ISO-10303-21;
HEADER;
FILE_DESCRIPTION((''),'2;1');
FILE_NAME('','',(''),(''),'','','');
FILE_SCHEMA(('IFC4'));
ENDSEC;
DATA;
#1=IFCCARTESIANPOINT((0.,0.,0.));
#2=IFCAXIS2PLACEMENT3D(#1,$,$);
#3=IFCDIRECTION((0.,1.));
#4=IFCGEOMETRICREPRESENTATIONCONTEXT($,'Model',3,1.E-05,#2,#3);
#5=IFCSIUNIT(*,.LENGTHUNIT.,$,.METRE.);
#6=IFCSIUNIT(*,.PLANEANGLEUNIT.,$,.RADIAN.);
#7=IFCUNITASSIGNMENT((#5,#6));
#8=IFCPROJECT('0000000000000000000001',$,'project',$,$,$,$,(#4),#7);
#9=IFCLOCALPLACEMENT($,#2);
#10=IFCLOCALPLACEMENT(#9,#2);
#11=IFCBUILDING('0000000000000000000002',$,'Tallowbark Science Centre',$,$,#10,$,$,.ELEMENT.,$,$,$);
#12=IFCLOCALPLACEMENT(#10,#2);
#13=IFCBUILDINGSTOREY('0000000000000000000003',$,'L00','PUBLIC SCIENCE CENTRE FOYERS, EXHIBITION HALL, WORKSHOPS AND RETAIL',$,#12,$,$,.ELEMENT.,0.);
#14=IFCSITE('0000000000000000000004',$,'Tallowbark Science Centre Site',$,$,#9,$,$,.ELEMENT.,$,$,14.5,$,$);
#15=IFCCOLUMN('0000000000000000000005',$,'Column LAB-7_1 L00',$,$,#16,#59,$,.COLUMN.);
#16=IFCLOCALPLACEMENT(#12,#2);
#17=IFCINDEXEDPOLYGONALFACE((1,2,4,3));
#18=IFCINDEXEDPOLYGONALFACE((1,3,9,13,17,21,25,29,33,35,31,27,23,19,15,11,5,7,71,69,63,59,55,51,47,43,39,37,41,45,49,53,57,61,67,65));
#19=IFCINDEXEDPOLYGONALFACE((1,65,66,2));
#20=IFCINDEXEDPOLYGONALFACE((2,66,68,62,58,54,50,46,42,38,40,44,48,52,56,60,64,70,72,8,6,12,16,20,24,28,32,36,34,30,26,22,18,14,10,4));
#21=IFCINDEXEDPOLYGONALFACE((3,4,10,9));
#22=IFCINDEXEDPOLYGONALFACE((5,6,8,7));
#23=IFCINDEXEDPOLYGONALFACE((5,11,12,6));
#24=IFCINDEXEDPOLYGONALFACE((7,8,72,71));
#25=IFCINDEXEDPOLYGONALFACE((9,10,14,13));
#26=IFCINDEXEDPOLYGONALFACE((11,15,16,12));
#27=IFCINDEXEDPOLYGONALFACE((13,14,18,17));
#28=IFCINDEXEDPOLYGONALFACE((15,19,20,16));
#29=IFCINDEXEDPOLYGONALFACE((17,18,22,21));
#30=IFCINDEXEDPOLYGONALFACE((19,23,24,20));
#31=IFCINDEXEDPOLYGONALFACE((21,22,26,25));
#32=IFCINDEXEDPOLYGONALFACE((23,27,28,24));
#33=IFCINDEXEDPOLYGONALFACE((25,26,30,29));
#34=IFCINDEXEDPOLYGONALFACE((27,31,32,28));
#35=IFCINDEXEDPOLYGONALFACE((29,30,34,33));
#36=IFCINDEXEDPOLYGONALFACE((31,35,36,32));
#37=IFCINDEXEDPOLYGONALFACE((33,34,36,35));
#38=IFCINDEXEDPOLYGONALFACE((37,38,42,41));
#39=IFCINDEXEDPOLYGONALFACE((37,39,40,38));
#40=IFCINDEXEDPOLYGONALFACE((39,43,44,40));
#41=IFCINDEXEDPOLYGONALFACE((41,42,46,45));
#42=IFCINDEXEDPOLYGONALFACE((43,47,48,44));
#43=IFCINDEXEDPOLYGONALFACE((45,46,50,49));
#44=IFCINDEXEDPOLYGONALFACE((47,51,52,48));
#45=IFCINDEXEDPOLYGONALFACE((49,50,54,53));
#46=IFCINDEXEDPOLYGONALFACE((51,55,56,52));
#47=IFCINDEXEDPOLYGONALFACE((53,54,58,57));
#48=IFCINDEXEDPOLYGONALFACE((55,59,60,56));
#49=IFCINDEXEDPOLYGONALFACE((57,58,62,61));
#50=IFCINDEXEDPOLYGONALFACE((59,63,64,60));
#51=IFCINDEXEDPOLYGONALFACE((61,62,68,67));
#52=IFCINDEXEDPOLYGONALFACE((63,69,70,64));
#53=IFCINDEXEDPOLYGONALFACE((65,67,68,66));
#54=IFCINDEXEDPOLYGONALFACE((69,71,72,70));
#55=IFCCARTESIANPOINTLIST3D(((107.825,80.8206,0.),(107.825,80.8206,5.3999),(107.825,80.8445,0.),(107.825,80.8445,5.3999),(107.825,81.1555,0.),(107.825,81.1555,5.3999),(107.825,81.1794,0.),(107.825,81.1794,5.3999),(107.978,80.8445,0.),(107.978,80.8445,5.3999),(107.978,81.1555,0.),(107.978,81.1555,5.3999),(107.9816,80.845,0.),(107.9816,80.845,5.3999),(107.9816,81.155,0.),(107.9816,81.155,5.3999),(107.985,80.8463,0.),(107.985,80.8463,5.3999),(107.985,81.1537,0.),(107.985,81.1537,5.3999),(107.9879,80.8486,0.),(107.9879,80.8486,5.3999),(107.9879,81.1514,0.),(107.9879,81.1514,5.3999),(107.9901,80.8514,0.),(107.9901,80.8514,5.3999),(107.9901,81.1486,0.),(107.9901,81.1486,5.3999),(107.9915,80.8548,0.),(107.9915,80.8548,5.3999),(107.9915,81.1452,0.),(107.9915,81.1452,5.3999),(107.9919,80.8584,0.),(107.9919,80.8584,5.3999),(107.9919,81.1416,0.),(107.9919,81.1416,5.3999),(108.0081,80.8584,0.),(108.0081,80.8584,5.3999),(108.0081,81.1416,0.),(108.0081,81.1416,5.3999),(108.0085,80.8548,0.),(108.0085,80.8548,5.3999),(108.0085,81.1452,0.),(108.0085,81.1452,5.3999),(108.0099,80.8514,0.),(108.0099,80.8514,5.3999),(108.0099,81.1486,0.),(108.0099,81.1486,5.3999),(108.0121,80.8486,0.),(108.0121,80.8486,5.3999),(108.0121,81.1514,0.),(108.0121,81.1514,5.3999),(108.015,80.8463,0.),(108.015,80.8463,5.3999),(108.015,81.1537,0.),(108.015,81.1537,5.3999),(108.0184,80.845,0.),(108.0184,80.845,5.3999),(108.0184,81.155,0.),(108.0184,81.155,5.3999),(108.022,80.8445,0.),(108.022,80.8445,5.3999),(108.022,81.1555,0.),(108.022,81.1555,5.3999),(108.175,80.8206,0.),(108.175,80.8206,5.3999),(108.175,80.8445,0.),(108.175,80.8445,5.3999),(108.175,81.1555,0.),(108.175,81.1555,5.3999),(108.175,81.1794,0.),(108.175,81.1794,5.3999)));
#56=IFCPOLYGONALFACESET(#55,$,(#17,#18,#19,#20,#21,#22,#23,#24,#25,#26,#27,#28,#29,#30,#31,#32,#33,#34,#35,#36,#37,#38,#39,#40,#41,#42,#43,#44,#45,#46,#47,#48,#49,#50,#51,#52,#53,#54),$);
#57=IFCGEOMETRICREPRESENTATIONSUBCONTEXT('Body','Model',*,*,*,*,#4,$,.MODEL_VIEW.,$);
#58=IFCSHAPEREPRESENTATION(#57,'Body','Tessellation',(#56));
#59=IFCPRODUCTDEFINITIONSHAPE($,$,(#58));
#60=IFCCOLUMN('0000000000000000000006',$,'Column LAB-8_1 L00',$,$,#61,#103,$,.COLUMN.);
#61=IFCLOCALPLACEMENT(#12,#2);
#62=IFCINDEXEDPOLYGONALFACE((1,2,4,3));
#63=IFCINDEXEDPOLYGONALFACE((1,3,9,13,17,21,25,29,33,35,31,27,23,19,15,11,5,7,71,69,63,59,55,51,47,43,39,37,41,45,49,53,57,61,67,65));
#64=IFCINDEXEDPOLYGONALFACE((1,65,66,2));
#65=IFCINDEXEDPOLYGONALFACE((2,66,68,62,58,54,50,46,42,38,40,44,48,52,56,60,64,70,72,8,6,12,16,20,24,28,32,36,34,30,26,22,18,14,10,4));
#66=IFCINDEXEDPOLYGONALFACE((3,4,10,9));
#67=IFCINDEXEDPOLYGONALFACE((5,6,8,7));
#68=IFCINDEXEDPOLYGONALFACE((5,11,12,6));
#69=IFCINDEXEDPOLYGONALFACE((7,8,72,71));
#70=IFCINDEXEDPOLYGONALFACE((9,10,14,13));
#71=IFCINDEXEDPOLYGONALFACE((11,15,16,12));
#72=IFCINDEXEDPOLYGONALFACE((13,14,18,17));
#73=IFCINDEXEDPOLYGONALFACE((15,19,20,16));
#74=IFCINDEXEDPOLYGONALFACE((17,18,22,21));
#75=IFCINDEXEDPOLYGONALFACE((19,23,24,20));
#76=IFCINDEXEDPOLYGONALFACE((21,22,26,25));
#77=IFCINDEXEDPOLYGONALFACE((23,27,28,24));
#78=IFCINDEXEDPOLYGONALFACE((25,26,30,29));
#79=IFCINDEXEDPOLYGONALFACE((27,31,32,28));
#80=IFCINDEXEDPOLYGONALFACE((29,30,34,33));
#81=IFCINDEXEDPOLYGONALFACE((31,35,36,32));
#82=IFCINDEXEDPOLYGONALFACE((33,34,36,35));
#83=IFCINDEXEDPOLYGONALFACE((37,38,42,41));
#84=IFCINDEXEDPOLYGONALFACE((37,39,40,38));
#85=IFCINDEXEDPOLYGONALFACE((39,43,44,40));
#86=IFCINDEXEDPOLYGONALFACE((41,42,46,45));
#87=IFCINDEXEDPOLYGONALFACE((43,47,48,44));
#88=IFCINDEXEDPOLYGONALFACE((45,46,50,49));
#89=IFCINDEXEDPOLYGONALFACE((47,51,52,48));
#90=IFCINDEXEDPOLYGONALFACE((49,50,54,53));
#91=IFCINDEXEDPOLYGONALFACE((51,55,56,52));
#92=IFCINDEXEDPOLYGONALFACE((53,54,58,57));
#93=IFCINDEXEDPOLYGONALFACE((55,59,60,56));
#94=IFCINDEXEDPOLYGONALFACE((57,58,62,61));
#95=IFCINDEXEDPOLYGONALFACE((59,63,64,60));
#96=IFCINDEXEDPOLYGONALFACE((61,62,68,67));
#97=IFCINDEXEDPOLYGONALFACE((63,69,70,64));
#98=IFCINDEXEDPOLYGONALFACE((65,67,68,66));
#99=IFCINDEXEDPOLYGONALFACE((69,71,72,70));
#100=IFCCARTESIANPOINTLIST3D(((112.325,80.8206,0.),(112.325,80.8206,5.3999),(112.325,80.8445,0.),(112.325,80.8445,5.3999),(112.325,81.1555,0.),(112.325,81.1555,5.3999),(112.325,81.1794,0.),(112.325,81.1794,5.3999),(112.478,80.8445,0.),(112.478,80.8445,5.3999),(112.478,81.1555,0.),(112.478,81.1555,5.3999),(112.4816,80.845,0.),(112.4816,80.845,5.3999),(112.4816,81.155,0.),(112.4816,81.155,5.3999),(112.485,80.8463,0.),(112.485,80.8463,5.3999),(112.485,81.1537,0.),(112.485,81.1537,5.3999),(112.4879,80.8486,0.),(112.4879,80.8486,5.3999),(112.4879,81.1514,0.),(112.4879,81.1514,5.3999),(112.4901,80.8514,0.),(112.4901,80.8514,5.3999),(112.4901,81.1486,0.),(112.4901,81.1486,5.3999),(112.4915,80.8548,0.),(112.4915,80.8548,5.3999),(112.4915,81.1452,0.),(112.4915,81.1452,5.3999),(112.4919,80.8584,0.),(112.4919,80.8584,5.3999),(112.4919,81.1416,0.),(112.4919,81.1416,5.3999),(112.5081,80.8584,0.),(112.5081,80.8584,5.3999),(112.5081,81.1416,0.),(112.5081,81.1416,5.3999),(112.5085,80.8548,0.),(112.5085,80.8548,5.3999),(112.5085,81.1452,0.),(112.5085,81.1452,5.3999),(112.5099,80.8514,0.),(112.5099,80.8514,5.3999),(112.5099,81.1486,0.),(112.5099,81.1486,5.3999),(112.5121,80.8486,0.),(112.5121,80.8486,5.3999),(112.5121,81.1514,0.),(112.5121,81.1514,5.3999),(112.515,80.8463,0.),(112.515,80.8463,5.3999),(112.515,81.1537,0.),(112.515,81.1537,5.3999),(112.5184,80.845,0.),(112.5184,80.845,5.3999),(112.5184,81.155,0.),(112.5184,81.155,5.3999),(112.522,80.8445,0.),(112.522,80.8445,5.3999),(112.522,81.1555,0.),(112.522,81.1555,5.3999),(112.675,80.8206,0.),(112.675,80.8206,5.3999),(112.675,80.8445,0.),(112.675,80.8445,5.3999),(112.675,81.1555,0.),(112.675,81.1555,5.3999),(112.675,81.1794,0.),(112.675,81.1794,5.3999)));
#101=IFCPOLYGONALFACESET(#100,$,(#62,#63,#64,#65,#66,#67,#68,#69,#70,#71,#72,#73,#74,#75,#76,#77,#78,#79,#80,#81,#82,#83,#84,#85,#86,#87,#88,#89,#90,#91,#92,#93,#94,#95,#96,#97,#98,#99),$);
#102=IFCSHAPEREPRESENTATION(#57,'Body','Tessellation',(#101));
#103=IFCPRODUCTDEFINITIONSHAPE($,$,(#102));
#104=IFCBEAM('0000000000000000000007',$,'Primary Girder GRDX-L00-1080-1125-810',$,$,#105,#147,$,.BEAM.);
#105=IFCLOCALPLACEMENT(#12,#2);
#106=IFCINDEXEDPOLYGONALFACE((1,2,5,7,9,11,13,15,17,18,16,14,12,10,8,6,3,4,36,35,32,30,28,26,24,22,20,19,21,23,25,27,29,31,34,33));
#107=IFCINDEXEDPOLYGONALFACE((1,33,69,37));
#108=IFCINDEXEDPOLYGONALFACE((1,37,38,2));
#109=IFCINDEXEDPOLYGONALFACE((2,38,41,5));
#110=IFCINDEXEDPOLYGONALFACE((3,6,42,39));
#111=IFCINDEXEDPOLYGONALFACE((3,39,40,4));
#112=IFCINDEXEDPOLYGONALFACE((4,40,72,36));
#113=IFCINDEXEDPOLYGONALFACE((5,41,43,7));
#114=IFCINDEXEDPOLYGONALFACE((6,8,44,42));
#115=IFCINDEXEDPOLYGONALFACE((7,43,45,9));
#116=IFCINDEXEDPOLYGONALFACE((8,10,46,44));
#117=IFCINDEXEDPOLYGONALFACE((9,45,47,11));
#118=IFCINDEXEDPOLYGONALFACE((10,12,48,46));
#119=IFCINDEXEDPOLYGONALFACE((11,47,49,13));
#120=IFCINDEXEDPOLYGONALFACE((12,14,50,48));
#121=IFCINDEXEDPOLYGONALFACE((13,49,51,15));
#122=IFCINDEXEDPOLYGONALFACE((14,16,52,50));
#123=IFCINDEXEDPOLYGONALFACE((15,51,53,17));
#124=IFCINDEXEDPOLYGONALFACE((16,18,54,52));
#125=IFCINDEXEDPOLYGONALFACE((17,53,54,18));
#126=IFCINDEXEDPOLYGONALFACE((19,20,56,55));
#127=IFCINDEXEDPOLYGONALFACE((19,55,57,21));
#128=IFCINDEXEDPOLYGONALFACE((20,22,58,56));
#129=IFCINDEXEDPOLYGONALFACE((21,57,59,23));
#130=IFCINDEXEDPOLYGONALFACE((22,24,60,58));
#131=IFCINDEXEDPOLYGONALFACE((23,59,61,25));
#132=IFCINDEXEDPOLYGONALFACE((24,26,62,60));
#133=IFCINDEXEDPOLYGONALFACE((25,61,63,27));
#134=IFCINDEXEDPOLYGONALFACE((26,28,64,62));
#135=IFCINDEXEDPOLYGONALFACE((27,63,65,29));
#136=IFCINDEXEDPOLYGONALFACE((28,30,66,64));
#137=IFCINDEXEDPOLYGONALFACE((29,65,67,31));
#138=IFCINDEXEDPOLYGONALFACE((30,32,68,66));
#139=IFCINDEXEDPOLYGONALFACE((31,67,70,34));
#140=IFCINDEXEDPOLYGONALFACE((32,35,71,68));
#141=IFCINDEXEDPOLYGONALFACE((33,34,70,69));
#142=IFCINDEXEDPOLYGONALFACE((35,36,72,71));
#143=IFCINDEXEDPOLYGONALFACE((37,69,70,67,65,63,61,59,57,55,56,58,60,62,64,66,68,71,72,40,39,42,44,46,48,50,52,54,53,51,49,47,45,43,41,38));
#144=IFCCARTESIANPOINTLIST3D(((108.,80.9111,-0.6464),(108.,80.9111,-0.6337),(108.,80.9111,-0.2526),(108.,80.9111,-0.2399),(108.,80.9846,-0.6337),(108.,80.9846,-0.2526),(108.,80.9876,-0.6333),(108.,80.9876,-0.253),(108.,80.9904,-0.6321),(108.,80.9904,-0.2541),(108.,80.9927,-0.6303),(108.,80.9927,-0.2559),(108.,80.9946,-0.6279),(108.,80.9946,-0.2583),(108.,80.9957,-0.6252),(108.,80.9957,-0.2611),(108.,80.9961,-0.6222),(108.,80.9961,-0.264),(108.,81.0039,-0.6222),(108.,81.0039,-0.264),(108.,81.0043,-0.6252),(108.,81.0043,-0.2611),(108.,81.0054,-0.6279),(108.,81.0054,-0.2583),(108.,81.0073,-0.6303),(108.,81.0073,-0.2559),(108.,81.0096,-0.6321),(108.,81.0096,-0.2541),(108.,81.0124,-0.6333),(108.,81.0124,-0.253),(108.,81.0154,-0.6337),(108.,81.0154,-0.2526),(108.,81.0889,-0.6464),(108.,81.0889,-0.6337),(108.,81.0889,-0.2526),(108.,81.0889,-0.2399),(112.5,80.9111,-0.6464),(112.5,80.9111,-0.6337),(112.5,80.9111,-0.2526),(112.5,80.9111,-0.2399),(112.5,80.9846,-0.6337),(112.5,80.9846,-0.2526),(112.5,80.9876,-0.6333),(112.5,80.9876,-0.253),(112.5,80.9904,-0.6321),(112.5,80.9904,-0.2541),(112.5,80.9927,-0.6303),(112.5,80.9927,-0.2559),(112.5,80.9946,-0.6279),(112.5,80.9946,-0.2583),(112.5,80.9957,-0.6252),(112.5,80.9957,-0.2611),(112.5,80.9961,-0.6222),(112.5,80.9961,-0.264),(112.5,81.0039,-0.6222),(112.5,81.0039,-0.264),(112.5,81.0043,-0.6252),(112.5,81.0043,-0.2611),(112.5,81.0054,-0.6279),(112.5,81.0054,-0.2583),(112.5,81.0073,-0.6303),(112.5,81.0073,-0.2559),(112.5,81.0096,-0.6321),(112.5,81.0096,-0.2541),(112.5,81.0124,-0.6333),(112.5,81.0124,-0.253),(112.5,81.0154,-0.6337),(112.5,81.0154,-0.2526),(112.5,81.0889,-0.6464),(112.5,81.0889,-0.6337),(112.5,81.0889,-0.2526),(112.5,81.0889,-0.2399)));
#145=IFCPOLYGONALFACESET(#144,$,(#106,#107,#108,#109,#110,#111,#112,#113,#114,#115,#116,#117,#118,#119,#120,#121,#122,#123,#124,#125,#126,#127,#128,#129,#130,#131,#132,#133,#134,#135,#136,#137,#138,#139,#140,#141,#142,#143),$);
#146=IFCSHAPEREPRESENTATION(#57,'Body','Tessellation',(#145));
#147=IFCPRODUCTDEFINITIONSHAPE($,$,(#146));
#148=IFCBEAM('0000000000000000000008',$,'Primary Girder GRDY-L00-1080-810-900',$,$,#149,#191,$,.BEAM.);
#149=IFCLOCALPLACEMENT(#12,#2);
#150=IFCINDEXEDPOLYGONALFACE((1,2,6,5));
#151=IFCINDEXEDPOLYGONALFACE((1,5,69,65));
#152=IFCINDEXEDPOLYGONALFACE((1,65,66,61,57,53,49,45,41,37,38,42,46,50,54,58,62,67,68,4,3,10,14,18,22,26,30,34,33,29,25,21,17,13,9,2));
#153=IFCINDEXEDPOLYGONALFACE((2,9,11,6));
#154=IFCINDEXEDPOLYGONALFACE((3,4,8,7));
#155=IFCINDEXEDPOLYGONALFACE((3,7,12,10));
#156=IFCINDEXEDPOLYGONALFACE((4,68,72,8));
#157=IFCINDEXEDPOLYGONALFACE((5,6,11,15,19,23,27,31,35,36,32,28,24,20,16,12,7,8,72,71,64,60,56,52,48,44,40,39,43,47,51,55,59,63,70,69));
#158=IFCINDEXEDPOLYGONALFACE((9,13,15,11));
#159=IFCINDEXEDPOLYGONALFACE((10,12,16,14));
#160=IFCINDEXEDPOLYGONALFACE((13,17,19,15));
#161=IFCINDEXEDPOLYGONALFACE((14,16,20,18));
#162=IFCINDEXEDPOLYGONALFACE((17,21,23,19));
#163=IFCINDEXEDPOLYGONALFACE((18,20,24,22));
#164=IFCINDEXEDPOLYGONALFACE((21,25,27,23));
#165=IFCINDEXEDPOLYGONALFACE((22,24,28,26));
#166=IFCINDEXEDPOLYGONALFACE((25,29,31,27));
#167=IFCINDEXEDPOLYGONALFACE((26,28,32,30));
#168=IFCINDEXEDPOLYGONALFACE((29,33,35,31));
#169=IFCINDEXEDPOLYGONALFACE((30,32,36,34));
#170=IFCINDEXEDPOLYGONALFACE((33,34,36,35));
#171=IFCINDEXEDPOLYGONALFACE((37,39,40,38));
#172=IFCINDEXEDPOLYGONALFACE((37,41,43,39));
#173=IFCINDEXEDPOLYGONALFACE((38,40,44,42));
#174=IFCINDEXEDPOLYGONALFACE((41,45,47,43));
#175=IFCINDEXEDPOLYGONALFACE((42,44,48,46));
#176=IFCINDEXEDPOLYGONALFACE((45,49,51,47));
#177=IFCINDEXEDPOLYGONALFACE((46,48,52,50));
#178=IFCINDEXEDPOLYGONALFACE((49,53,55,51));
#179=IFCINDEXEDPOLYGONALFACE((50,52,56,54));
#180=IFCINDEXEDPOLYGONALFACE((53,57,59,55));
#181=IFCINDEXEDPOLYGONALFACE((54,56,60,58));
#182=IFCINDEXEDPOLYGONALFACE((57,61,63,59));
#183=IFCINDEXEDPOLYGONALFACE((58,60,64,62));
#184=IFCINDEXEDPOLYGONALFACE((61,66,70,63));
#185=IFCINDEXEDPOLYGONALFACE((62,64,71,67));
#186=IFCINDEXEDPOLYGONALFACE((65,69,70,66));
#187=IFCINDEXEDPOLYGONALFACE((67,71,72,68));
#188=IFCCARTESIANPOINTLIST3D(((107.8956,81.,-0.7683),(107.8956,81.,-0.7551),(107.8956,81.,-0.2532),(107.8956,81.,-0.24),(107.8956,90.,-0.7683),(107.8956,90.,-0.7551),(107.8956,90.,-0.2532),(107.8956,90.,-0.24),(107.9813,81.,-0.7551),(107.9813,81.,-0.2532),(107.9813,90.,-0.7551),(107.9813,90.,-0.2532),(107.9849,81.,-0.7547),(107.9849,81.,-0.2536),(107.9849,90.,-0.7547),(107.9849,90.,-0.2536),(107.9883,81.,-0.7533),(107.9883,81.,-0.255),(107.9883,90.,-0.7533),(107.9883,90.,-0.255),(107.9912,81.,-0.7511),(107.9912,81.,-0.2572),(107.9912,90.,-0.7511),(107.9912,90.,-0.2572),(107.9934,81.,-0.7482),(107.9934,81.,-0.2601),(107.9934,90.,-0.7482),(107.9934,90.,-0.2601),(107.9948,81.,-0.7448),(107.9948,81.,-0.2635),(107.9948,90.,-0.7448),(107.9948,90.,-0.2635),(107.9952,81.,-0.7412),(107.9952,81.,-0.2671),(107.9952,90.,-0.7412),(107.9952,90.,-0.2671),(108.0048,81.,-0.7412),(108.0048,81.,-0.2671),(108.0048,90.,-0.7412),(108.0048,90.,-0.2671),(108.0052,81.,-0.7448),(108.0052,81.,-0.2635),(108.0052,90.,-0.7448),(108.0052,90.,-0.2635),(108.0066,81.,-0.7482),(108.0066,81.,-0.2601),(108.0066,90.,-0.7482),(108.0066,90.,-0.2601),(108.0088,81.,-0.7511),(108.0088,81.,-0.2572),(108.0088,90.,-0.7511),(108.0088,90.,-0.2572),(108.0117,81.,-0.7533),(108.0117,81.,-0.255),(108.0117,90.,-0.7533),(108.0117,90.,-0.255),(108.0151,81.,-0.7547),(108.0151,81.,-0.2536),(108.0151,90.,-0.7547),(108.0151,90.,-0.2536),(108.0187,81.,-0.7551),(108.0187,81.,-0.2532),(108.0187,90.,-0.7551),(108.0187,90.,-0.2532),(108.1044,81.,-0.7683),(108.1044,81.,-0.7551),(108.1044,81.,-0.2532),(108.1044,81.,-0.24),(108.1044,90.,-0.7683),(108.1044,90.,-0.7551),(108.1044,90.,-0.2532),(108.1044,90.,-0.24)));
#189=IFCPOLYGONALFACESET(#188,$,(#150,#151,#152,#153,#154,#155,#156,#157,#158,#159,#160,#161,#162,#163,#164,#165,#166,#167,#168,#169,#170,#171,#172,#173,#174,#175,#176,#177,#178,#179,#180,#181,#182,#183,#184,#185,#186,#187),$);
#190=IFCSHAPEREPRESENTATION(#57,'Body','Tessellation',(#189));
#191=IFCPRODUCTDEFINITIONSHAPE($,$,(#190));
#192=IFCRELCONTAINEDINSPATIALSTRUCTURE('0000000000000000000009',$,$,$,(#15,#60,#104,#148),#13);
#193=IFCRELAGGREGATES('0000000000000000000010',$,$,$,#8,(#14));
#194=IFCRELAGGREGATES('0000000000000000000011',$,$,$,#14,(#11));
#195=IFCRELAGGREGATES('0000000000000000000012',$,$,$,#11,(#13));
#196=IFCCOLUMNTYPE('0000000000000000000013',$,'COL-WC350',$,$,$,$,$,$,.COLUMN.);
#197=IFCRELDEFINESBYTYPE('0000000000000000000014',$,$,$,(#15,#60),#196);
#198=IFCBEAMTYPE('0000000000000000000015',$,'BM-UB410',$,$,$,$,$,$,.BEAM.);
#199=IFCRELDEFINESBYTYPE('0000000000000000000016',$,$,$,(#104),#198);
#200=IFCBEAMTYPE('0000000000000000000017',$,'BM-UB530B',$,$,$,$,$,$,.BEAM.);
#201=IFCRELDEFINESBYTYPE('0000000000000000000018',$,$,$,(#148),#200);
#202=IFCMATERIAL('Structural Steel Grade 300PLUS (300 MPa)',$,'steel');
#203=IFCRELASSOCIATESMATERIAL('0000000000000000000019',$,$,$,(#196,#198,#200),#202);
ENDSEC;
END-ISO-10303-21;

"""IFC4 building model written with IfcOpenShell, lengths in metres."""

from ifc_helpers import new_model, si_unit, direction, frame, origin, origin_2d, place, context, subcontext, project, spatial, i_section, extrude, material, material_profile, profile_set, type_object, element, save


model = new_model("IFC4")

# Units and contexts
model_context = context("Model", 3, precision=1e-05, world=origin(), true_north=direction((0.0, 1.0)))
body_context = subcontext(model_context, "Body", "Model", "MODEL_VIEW")
ifc_project = project(units=[si_unit("LENGTHUNIT", "METRE"), si_unit("PLANEANGLEUNIT", "RADIAN")], contexts=[model_context])

# Site, building, storey
site_placement = place(None, origin())
site = spatial("IfcSite", under=ifc_project, at=site_placement, Name="Tallowbark Science Centre Site", CompositionType="ELEMENT", RefElevation=14.5)
building_placement = place(site_placement, origin())
building = spatial("IfcBuilding", under=site, at=building_placement, Name="Tallowbark Science Centre", CompositionType="ELEMENT")
storey_placement = place(building_placement, origin())
storey = spatial("IfcBuildingStorey", under=building, at=storey_placement, Name="L00", Description="PUBLIC SCIENCE CENTRE FOYERS, EXHIBITION HALL, WORKSHOPS AND RETAIL", CompositionType="ELEMENT", Elevation=0.0)

# Columns
ifc_material_1 = material(Name="Structural Steel Grade 300PLUS (300 MPa)", Category="steel")
ifc_material_profile_1 = material_profile(ifc_material_1, i_section(OverallWidth=0.3501, OverallDepth=0.3589, WebThickness=0.0161, FlangeThickness=0.0239, FilletRadius=0.0139, at=origin_2d()), Name="350WC197")
ifc_profile_set_1 = profile_set([ifc_material_profile_1], Name="Structural Steel Grade 300PLUS (300 MPa)")
column_type = type_object("IfcColumnType", Name="COL-WC350", PredefinedType="COLUMN", material=ifc_profile_set_1)
for number, where, z_axis, x_axis, name in (
    (1, (108.0, 81.0, 0.0), (0.0, 0.0, 1.0), (1.0, 0.0, 0.0), "Column LAB-7_1 L00"),
    (2, (112.5, 81.0, 0.0), (0.0, 0.0, 1.0), (1.0, 0.0, 0.0), "Column LAB-8_1 L00"),
):
    element("IfcColumn", number, at=place(storey_placement, frame(where, z_axis=z_axis, x_axis=x_axis)), inside=storey, type_object=column_type, Name=name, PredefinedType="COLUMN", context=body_context, shape_type="SweptSolid", body=[
        extrude(i_section(OverallWidth=0.3501, OverallDepth=0.3589, WebThickness=0.0161, FlangeThickness=0.0239, FilletRadius=0.0139, at=origin_2d()), origin(), (0.0, 0.0, 1.0), 5.3999),
    ])

# Beams
ifc_material_profile_2 = material_profile(ifc_material_1, i_section(OverallWidth=0.1777, OverallDepth=0.4065, WebThickness=0.0078, FlangeThickness=0.0127, FilletRadius=0.0115, at=origin_2d()), Name="410UB59.7")
ifc_profile_set_2 = profile_set([ifc_material_profile_2], Name="Structural Steel Grade 300PLUS (300 MPa)")
beam_type_1 = type_object("IfcBeamType", Name="BM-UB410", PredefinedType="BEAM", material=ifc_profile_set_2)
beam_1_placement = place(storey_placement, frame((108.0, 81.0, -0.4431), z_axis=(1.0, 0.0, 0.0), x_axis=(0.0, 1.0, 0.0)))
element("IfcBeam", 3, at=beam_1_placement, inside=storey, type_object=beam_type_1, Name="Primary Girder GRDX-L00-1080-1125-810", PredefinedType="BEAM", context=body_context, shape_type="SweptSolid", body=[
    extrude(i_section(OverallWidth=0.1777, OverallDepth=0.4065, WebThickness=0.0078, FlangeThickness=0.0127, FilletRadius=0.0115, at=origin_2d()), origin(), (0.0, 0.0, 1.0), 4.5),
])
ifc_material_profile_3 = material_profile(ifc_material_1, i_section(OverallWidth=0.2087, OverallDepth=0.5283, WebThickness=0.0095, FlangeThickness=0.0132, FilletRadius=0.0139, at=origin_2d()), Name="530UB82.0")
ifc_profile_set_3 = profile_set([ifc_material_profile_3], Name="Structural Steel Grade 300PLUS (300 MPa)")
beam_type_2 = type_object("IfcBeamType", Name="BM-UB530B", PredefinedType="BEAM", material=ifc_profile_set_3)
beam_2_placement = place(storey_placement, frame((108.0, 81.0, -0.5042), z_axis=(0.0, 1.0, 0.0), x_axis=(-1.0, 0.0, 0.0)))
element("IfcBeam", 4, at=beam_2_placement, inside=storey, type_object=beam_type_2, Name="Primary Girder GRDY-L00-1080-810-900", PredefinedType="BEAM", context=body_context, shape_type="SweptSolid", body=[
    extrude(i_section(OverallWidth=0.2087, OverallDepth=0.5283, WebThickness=0.0095, FlangeThickness=0.0132, FilletRadius=0.0139, at=origin_2d()), origin(), (0.0, 0.0, 1.0), 9.0),
])

save(model, "model.ifc")
